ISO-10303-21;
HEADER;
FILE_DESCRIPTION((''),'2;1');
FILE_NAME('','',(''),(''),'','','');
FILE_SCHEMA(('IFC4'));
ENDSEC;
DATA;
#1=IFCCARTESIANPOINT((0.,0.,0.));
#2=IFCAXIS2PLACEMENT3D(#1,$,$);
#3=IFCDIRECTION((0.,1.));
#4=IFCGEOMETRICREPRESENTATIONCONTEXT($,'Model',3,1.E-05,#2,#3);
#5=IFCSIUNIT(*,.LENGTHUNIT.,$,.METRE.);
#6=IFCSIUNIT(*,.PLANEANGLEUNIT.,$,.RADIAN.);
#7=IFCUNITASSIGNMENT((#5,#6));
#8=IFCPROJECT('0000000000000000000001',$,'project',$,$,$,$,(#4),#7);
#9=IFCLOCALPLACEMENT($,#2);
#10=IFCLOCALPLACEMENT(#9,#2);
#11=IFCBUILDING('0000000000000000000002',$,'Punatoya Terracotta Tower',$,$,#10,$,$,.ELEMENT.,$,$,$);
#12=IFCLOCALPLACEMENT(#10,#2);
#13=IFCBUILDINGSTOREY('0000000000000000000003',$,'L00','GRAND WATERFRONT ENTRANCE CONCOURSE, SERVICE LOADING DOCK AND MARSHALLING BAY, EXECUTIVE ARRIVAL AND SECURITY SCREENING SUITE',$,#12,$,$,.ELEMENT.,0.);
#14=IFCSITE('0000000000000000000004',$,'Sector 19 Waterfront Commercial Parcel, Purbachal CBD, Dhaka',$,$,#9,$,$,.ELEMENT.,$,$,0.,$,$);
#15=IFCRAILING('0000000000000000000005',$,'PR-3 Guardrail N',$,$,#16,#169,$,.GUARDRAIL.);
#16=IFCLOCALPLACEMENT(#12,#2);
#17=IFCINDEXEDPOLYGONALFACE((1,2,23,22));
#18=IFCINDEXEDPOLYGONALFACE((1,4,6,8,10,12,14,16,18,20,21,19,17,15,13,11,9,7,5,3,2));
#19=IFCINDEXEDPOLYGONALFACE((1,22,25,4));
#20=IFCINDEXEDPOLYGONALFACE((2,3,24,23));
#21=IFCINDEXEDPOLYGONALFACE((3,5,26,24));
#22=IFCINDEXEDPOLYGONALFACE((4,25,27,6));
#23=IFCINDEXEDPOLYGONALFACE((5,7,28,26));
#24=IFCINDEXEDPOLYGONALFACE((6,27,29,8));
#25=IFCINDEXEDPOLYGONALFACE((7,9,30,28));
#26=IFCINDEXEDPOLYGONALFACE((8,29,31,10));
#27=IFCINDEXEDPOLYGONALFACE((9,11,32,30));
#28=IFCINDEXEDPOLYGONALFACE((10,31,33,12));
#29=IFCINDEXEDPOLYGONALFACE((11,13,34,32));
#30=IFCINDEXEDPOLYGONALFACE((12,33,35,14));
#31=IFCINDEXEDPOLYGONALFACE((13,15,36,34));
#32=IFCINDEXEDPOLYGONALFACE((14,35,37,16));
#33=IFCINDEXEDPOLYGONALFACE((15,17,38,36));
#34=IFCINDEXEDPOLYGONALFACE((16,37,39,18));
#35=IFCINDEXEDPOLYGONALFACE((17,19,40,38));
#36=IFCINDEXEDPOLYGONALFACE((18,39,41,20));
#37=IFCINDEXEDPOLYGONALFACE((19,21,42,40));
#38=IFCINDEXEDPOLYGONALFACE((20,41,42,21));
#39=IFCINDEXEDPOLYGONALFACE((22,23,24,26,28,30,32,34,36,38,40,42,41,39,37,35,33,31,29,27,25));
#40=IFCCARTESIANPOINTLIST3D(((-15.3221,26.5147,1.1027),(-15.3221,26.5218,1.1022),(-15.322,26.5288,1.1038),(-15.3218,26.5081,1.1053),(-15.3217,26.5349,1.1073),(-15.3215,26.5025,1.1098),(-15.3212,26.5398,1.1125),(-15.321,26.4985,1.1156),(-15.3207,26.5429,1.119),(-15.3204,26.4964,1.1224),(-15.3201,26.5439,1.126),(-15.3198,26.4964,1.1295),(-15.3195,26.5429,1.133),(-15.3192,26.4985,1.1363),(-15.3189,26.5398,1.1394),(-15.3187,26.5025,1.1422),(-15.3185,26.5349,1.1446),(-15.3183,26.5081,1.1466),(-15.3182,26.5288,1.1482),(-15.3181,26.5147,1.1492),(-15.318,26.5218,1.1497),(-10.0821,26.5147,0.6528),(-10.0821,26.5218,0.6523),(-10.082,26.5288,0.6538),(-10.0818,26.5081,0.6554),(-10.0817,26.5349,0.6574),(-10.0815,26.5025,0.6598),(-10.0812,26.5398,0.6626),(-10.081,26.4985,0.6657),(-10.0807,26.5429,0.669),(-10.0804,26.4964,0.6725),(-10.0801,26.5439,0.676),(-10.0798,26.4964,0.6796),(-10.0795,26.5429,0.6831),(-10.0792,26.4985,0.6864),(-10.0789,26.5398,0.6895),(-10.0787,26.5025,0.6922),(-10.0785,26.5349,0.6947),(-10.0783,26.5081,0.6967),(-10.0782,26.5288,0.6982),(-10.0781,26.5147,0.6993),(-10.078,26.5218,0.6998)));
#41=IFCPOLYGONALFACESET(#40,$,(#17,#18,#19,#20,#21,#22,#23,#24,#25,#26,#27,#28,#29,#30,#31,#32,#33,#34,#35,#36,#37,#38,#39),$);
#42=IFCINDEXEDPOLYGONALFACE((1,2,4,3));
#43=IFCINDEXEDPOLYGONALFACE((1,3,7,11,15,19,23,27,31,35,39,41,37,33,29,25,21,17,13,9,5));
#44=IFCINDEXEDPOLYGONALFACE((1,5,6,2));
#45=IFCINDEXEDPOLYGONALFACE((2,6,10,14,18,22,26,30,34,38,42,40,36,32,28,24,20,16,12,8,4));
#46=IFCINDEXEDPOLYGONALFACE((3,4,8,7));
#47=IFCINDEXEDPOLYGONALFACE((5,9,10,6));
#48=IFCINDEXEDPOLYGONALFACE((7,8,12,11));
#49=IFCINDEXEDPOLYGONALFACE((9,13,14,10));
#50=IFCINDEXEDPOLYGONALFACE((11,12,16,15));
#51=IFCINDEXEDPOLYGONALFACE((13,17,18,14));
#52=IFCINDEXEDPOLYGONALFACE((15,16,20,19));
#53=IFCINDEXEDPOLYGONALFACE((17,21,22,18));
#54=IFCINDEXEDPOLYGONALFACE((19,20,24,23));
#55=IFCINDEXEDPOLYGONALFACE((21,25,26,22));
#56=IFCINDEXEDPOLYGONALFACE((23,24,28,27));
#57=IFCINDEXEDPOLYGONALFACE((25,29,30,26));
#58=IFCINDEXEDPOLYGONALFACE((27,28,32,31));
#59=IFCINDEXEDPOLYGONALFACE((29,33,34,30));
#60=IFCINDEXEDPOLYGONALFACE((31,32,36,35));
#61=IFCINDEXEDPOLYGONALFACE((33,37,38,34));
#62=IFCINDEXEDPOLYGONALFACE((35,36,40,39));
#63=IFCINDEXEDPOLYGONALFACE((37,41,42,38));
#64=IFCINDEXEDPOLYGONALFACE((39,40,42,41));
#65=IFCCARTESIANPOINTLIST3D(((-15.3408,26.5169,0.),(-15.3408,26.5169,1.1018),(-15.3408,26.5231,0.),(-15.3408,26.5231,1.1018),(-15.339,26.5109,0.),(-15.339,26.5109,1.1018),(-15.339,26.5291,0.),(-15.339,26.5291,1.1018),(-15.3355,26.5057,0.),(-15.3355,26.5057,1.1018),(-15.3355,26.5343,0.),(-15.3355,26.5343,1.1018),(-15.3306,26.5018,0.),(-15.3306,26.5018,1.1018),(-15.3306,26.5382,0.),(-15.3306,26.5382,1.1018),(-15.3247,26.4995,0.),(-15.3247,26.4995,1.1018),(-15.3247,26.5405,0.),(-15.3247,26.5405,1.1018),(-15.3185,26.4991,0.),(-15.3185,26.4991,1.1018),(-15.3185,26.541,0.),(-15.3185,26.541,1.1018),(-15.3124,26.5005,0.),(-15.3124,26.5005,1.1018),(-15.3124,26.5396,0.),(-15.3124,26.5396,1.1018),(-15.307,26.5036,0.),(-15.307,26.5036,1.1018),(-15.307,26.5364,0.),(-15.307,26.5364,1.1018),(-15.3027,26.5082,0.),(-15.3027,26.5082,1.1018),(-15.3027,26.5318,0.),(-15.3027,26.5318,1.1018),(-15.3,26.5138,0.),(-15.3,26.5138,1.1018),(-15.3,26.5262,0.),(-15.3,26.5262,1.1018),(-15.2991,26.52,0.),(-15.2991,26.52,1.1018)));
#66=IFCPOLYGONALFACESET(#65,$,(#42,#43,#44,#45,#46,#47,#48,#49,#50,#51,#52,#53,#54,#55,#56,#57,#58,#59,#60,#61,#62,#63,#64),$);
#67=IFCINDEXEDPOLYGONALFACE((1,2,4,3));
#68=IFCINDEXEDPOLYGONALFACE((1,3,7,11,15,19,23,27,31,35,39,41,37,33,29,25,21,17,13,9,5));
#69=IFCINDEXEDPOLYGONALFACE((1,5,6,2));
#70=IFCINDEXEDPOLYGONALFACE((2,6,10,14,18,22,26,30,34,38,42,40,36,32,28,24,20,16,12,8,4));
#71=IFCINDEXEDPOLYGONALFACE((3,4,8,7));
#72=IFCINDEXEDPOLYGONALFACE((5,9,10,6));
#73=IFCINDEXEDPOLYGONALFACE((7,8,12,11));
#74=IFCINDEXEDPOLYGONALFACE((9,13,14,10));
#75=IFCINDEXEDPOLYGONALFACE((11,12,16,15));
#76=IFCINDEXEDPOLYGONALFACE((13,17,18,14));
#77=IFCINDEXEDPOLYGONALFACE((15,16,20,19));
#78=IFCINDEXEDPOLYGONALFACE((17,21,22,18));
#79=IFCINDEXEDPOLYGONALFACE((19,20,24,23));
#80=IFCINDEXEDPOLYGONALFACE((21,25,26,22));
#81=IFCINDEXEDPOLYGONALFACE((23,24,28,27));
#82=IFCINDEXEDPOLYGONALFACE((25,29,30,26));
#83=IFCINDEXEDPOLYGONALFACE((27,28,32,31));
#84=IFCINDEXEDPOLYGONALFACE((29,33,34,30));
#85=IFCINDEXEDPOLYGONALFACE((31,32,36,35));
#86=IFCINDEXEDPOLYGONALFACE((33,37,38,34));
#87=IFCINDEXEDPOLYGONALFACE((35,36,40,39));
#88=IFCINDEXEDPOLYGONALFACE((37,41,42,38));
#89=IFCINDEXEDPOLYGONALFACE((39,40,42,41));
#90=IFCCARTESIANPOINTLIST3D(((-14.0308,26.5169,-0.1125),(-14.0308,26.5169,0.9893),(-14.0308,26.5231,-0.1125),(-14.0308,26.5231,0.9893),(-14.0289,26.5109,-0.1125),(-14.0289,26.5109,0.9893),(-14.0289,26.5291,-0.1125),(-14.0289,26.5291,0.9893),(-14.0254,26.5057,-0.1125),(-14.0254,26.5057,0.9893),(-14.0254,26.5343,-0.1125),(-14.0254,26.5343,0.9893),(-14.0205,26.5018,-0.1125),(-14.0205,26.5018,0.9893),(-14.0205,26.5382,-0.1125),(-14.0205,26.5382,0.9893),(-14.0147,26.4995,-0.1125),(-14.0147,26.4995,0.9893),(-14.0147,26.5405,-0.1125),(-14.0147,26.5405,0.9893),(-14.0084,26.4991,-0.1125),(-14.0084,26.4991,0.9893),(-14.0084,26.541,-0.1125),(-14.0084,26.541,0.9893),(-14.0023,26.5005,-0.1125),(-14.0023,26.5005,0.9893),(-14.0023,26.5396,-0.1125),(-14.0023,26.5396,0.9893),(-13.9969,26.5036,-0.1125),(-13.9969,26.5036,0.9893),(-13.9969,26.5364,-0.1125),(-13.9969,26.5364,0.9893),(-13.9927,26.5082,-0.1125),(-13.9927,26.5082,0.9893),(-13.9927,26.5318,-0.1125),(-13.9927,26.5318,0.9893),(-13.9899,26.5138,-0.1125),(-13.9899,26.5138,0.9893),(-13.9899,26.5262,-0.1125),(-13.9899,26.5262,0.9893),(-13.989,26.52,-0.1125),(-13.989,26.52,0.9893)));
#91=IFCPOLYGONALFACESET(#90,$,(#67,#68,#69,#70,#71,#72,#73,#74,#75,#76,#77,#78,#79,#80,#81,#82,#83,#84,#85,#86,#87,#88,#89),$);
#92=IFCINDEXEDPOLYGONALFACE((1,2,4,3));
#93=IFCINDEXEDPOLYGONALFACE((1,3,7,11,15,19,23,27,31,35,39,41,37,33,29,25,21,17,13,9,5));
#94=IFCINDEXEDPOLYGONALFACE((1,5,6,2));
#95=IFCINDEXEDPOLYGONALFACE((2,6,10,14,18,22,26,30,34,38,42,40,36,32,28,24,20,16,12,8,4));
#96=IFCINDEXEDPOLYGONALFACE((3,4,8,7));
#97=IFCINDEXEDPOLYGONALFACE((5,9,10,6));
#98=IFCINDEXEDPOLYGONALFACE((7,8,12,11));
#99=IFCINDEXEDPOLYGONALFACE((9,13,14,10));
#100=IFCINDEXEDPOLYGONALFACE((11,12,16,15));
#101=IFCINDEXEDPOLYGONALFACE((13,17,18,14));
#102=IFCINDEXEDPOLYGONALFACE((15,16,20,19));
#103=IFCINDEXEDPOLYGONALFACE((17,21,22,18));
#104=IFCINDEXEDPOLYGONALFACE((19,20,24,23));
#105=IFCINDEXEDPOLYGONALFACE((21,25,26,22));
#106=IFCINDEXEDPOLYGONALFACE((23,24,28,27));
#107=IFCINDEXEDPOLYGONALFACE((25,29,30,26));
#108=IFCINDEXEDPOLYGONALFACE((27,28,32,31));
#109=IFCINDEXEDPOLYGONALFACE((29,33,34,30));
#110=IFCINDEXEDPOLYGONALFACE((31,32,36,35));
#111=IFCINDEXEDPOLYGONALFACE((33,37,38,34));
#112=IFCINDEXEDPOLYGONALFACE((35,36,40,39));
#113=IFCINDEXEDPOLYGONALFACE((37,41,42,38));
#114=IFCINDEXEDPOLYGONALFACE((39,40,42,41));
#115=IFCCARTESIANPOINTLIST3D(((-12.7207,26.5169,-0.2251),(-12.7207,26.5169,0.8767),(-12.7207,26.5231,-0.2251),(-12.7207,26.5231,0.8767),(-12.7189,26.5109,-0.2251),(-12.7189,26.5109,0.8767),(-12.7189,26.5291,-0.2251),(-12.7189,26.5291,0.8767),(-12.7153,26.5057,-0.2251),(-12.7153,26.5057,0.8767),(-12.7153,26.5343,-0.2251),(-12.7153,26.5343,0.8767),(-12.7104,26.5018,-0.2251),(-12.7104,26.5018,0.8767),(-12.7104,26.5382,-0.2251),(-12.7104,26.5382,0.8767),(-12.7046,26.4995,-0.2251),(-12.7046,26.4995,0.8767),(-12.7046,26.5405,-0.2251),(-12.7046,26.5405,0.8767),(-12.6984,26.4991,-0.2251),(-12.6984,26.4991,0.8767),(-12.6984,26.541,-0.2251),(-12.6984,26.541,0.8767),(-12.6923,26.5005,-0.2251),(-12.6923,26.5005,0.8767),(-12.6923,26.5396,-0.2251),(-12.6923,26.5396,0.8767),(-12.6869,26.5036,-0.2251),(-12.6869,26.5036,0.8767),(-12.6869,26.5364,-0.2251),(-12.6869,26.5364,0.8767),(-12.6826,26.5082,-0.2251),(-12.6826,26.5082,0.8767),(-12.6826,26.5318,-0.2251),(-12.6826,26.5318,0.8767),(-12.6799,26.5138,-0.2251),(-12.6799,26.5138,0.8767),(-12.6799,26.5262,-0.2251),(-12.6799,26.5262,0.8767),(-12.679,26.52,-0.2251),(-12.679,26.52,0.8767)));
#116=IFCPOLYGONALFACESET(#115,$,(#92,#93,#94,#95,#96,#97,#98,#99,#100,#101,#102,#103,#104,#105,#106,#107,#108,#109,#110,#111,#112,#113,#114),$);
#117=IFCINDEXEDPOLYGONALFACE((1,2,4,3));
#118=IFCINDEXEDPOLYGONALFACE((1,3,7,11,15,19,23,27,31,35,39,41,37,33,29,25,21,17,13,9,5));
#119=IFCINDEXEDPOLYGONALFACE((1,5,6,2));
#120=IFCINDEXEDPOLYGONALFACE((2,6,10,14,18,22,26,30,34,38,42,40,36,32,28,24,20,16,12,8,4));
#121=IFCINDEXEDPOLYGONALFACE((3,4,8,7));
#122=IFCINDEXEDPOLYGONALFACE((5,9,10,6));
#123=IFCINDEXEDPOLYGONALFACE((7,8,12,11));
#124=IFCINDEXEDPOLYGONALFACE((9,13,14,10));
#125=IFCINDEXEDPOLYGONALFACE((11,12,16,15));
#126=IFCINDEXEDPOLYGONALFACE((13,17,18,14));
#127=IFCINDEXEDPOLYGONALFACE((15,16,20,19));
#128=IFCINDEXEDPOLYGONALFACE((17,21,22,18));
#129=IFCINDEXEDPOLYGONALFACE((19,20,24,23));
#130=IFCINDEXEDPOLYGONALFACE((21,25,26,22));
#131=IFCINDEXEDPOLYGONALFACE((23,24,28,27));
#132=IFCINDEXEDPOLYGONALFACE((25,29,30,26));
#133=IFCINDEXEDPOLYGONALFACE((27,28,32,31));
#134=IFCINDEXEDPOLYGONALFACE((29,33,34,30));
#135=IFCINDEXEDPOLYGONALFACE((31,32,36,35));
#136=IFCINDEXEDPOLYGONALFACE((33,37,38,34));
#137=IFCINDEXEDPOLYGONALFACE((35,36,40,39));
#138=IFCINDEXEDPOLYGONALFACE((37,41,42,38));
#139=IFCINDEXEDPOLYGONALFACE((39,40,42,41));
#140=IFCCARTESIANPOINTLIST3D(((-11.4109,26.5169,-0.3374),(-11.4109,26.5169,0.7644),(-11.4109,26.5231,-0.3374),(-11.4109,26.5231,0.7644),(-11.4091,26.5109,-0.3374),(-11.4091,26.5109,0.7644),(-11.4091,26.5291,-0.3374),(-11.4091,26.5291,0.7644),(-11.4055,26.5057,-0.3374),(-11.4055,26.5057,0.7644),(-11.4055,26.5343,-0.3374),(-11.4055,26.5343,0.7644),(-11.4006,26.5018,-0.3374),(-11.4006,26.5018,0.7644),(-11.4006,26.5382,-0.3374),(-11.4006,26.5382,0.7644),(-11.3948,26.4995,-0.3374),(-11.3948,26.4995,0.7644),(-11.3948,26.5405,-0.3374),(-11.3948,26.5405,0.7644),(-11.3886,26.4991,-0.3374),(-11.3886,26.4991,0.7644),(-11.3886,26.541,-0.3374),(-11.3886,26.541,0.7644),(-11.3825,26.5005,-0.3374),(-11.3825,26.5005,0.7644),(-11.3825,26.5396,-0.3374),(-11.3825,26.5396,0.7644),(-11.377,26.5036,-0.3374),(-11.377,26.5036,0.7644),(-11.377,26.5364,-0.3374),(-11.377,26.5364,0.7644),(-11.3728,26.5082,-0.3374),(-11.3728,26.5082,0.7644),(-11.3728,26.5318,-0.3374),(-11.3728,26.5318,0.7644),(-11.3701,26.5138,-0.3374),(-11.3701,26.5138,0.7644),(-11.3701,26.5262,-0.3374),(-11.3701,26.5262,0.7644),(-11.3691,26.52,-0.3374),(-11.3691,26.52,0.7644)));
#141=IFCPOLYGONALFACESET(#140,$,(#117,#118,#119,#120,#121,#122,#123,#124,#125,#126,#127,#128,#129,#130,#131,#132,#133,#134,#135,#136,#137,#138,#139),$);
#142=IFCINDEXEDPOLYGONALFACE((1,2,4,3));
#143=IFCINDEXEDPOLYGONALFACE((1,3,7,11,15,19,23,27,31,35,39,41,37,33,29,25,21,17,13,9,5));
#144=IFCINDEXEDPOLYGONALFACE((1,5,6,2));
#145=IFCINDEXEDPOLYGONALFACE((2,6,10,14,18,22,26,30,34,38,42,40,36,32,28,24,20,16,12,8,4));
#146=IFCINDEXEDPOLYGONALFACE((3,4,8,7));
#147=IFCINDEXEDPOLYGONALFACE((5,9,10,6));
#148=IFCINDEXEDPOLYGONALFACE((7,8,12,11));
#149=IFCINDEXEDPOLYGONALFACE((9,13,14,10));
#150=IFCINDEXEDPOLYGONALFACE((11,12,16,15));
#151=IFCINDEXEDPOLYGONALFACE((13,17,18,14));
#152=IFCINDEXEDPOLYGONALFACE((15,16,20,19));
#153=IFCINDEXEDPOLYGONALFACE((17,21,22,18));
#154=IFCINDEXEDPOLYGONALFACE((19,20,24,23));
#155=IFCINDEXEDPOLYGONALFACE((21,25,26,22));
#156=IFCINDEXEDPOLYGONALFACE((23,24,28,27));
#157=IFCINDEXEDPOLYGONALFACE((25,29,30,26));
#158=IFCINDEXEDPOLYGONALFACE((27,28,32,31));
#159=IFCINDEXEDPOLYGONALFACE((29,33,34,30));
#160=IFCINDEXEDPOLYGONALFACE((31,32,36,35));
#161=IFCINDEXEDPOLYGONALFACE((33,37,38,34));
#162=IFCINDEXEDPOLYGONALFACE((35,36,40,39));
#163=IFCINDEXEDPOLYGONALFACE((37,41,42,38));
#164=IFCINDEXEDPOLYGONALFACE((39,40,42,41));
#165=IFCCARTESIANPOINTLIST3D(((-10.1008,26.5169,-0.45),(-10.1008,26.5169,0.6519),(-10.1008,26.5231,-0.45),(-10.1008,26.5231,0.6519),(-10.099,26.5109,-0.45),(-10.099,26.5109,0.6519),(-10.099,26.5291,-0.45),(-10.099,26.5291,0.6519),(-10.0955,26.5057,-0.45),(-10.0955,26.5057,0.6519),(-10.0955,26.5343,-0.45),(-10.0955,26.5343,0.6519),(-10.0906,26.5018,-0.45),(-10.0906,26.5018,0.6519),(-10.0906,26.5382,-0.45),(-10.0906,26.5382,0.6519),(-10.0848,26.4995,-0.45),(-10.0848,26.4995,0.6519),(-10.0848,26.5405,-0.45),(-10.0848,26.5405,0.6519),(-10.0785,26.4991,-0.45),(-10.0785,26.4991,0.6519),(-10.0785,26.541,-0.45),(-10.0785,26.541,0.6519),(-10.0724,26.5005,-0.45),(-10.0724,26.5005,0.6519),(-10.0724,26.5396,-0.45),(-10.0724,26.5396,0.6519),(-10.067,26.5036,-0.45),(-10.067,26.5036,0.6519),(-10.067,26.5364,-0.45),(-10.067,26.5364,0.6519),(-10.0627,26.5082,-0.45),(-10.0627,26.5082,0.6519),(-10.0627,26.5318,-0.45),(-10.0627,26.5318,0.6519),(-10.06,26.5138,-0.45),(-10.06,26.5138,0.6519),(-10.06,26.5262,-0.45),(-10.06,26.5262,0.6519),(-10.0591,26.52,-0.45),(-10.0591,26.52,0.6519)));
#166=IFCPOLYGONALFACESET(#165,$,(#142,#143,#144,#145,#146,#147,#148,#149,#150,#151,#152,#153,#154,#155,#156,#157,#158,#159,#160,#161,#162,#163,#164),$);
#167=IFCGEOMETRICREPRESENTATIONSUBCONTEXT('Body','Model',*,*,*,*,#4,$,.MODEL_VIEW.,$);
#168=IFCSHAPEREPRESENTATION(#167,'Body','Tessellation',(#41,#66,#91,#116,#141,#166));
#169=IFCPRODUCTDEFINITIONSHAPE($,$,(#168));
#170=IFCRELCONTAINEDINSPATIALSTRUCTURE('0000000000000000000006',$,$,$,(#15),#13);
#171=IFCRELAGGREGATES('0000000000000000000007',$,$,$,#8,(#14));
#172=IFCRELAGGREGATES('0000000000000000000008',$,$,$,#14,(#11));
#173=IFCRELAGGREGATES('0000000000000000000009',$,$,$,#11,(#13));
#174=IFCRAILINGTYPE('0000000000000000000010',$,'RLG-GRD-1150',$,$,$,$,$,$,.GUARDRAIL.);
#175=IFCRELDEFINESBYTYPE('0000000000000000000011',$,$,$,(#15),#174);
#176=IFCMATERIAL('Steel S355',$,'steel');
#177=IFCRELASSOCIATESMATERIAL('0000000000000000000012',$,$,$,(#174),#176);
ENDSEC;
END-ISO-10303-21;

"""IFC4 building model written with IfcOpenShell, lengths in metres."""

from ifc_helpers import new_model, si_unit, direction, frame, origin, origin_2d, place, context, subcontext, project, spatial, circle, extrude, material, type_object, element, save


model = new_model("IFC4")

# Units and contexts
model_context = context("Model", 3, precision=1e-05, world=origin(), true_north=direction((0.0, 1.0)))
body_context = subcontext(model_context, "Body", "Model", "MODEL_VIEW")
ifc_project = project(units=[si_unit("LENGTHUNIT", "METRE"), si_unit("PLANEANGLEUNIT", "RADIAN")], contexts=[model_context])

# Site, building, storey
site_placement = place(None, origin())
site = spatial("IfcSite", under=ifc_project, at=site_placement, Name="Sector 19 Waterfront Commercial Parcel, Purbachal CBD, Dhaka", CompositionType="ELEMENT", RefElevation=0.0)
building_placement = place(site_placement, origin())
building = spatial("IfcBuilding", under=site, at=building_placement, Name="Punatoya Terracotta Tower", CompositionType="ELEMENT")
storey_placement = place(building_placement, origin())
storey = spatial("IfcBuildingStorey", under=building, at=storey_placement, Name="L00", Description="GRAND WATERFRONT ENTRANCE CONCOURSE, SERVICE LOADING DOCK AND MARSHALLING BAY, EXECUTIVE ARRIVAL AND SECURITY SCREENING SUITE", CompositionType="ELEMENT", Elevation=0.0)

# Shared definitions
ifc_material_1 = material(Name="Steel S355", Category="steel")

# Railing
railing_type_1 = type_object("IfcRailingType", Name="RLG-GRD-1150", PredefinedType="GUARDRAIL", material=ifc_material_1)
for number, where, name in (
    (1, (-15.3201, 26.52, 0.0), "PR-3 Guardrail N"),
):
    element("IfcRailing", number, at=place(storey_placement, frame(where)), inside=storey, type_object=railing_type_1, Name=name, PredefinedType="GUARDRAIL", context=body_context, shape_type="SweptSolid", body=[
        extrude(circle(Radius=0.0239, at=origin_2d()), frame((0.0, 0.0, 1.126), z_axis=(0.996334, 0.0, -0.085554), x_axis=(0.0, 1.0, 0.0)), (0.0, 0.0, 1.0), 5.2593),
        extrude(circle(Radius=0.021, at=origin_2d()), origin(), (0.0, 0.0, 1.0), 1.1018),
        extrude(circle(Radius=0.021, at=origin_2d()), frame((1.3101, 0.0, -0.1125)), (0.0, 0.0, 1.0), 1.1018),
        extrude(circle(Radius=0.021, at=origin_2d()), frame((2.6201, 0.0, -0.2251)), (0.0, 0.0, 1.0), 1.1018),
        extrude(circle(Radius=0.021, at=origin_2d()), frame((3.9299, 0.0, -0.3374)), (0.0, 0.0, 1.0), 1.1018),
        extrude(circle(Radius=0.021, at=origin_2d()), frame((5.24, 0.0, -0.45)), (0.0, 0.0, 1.0), 1.1018),
    ])

save(model, "model.ifc")
